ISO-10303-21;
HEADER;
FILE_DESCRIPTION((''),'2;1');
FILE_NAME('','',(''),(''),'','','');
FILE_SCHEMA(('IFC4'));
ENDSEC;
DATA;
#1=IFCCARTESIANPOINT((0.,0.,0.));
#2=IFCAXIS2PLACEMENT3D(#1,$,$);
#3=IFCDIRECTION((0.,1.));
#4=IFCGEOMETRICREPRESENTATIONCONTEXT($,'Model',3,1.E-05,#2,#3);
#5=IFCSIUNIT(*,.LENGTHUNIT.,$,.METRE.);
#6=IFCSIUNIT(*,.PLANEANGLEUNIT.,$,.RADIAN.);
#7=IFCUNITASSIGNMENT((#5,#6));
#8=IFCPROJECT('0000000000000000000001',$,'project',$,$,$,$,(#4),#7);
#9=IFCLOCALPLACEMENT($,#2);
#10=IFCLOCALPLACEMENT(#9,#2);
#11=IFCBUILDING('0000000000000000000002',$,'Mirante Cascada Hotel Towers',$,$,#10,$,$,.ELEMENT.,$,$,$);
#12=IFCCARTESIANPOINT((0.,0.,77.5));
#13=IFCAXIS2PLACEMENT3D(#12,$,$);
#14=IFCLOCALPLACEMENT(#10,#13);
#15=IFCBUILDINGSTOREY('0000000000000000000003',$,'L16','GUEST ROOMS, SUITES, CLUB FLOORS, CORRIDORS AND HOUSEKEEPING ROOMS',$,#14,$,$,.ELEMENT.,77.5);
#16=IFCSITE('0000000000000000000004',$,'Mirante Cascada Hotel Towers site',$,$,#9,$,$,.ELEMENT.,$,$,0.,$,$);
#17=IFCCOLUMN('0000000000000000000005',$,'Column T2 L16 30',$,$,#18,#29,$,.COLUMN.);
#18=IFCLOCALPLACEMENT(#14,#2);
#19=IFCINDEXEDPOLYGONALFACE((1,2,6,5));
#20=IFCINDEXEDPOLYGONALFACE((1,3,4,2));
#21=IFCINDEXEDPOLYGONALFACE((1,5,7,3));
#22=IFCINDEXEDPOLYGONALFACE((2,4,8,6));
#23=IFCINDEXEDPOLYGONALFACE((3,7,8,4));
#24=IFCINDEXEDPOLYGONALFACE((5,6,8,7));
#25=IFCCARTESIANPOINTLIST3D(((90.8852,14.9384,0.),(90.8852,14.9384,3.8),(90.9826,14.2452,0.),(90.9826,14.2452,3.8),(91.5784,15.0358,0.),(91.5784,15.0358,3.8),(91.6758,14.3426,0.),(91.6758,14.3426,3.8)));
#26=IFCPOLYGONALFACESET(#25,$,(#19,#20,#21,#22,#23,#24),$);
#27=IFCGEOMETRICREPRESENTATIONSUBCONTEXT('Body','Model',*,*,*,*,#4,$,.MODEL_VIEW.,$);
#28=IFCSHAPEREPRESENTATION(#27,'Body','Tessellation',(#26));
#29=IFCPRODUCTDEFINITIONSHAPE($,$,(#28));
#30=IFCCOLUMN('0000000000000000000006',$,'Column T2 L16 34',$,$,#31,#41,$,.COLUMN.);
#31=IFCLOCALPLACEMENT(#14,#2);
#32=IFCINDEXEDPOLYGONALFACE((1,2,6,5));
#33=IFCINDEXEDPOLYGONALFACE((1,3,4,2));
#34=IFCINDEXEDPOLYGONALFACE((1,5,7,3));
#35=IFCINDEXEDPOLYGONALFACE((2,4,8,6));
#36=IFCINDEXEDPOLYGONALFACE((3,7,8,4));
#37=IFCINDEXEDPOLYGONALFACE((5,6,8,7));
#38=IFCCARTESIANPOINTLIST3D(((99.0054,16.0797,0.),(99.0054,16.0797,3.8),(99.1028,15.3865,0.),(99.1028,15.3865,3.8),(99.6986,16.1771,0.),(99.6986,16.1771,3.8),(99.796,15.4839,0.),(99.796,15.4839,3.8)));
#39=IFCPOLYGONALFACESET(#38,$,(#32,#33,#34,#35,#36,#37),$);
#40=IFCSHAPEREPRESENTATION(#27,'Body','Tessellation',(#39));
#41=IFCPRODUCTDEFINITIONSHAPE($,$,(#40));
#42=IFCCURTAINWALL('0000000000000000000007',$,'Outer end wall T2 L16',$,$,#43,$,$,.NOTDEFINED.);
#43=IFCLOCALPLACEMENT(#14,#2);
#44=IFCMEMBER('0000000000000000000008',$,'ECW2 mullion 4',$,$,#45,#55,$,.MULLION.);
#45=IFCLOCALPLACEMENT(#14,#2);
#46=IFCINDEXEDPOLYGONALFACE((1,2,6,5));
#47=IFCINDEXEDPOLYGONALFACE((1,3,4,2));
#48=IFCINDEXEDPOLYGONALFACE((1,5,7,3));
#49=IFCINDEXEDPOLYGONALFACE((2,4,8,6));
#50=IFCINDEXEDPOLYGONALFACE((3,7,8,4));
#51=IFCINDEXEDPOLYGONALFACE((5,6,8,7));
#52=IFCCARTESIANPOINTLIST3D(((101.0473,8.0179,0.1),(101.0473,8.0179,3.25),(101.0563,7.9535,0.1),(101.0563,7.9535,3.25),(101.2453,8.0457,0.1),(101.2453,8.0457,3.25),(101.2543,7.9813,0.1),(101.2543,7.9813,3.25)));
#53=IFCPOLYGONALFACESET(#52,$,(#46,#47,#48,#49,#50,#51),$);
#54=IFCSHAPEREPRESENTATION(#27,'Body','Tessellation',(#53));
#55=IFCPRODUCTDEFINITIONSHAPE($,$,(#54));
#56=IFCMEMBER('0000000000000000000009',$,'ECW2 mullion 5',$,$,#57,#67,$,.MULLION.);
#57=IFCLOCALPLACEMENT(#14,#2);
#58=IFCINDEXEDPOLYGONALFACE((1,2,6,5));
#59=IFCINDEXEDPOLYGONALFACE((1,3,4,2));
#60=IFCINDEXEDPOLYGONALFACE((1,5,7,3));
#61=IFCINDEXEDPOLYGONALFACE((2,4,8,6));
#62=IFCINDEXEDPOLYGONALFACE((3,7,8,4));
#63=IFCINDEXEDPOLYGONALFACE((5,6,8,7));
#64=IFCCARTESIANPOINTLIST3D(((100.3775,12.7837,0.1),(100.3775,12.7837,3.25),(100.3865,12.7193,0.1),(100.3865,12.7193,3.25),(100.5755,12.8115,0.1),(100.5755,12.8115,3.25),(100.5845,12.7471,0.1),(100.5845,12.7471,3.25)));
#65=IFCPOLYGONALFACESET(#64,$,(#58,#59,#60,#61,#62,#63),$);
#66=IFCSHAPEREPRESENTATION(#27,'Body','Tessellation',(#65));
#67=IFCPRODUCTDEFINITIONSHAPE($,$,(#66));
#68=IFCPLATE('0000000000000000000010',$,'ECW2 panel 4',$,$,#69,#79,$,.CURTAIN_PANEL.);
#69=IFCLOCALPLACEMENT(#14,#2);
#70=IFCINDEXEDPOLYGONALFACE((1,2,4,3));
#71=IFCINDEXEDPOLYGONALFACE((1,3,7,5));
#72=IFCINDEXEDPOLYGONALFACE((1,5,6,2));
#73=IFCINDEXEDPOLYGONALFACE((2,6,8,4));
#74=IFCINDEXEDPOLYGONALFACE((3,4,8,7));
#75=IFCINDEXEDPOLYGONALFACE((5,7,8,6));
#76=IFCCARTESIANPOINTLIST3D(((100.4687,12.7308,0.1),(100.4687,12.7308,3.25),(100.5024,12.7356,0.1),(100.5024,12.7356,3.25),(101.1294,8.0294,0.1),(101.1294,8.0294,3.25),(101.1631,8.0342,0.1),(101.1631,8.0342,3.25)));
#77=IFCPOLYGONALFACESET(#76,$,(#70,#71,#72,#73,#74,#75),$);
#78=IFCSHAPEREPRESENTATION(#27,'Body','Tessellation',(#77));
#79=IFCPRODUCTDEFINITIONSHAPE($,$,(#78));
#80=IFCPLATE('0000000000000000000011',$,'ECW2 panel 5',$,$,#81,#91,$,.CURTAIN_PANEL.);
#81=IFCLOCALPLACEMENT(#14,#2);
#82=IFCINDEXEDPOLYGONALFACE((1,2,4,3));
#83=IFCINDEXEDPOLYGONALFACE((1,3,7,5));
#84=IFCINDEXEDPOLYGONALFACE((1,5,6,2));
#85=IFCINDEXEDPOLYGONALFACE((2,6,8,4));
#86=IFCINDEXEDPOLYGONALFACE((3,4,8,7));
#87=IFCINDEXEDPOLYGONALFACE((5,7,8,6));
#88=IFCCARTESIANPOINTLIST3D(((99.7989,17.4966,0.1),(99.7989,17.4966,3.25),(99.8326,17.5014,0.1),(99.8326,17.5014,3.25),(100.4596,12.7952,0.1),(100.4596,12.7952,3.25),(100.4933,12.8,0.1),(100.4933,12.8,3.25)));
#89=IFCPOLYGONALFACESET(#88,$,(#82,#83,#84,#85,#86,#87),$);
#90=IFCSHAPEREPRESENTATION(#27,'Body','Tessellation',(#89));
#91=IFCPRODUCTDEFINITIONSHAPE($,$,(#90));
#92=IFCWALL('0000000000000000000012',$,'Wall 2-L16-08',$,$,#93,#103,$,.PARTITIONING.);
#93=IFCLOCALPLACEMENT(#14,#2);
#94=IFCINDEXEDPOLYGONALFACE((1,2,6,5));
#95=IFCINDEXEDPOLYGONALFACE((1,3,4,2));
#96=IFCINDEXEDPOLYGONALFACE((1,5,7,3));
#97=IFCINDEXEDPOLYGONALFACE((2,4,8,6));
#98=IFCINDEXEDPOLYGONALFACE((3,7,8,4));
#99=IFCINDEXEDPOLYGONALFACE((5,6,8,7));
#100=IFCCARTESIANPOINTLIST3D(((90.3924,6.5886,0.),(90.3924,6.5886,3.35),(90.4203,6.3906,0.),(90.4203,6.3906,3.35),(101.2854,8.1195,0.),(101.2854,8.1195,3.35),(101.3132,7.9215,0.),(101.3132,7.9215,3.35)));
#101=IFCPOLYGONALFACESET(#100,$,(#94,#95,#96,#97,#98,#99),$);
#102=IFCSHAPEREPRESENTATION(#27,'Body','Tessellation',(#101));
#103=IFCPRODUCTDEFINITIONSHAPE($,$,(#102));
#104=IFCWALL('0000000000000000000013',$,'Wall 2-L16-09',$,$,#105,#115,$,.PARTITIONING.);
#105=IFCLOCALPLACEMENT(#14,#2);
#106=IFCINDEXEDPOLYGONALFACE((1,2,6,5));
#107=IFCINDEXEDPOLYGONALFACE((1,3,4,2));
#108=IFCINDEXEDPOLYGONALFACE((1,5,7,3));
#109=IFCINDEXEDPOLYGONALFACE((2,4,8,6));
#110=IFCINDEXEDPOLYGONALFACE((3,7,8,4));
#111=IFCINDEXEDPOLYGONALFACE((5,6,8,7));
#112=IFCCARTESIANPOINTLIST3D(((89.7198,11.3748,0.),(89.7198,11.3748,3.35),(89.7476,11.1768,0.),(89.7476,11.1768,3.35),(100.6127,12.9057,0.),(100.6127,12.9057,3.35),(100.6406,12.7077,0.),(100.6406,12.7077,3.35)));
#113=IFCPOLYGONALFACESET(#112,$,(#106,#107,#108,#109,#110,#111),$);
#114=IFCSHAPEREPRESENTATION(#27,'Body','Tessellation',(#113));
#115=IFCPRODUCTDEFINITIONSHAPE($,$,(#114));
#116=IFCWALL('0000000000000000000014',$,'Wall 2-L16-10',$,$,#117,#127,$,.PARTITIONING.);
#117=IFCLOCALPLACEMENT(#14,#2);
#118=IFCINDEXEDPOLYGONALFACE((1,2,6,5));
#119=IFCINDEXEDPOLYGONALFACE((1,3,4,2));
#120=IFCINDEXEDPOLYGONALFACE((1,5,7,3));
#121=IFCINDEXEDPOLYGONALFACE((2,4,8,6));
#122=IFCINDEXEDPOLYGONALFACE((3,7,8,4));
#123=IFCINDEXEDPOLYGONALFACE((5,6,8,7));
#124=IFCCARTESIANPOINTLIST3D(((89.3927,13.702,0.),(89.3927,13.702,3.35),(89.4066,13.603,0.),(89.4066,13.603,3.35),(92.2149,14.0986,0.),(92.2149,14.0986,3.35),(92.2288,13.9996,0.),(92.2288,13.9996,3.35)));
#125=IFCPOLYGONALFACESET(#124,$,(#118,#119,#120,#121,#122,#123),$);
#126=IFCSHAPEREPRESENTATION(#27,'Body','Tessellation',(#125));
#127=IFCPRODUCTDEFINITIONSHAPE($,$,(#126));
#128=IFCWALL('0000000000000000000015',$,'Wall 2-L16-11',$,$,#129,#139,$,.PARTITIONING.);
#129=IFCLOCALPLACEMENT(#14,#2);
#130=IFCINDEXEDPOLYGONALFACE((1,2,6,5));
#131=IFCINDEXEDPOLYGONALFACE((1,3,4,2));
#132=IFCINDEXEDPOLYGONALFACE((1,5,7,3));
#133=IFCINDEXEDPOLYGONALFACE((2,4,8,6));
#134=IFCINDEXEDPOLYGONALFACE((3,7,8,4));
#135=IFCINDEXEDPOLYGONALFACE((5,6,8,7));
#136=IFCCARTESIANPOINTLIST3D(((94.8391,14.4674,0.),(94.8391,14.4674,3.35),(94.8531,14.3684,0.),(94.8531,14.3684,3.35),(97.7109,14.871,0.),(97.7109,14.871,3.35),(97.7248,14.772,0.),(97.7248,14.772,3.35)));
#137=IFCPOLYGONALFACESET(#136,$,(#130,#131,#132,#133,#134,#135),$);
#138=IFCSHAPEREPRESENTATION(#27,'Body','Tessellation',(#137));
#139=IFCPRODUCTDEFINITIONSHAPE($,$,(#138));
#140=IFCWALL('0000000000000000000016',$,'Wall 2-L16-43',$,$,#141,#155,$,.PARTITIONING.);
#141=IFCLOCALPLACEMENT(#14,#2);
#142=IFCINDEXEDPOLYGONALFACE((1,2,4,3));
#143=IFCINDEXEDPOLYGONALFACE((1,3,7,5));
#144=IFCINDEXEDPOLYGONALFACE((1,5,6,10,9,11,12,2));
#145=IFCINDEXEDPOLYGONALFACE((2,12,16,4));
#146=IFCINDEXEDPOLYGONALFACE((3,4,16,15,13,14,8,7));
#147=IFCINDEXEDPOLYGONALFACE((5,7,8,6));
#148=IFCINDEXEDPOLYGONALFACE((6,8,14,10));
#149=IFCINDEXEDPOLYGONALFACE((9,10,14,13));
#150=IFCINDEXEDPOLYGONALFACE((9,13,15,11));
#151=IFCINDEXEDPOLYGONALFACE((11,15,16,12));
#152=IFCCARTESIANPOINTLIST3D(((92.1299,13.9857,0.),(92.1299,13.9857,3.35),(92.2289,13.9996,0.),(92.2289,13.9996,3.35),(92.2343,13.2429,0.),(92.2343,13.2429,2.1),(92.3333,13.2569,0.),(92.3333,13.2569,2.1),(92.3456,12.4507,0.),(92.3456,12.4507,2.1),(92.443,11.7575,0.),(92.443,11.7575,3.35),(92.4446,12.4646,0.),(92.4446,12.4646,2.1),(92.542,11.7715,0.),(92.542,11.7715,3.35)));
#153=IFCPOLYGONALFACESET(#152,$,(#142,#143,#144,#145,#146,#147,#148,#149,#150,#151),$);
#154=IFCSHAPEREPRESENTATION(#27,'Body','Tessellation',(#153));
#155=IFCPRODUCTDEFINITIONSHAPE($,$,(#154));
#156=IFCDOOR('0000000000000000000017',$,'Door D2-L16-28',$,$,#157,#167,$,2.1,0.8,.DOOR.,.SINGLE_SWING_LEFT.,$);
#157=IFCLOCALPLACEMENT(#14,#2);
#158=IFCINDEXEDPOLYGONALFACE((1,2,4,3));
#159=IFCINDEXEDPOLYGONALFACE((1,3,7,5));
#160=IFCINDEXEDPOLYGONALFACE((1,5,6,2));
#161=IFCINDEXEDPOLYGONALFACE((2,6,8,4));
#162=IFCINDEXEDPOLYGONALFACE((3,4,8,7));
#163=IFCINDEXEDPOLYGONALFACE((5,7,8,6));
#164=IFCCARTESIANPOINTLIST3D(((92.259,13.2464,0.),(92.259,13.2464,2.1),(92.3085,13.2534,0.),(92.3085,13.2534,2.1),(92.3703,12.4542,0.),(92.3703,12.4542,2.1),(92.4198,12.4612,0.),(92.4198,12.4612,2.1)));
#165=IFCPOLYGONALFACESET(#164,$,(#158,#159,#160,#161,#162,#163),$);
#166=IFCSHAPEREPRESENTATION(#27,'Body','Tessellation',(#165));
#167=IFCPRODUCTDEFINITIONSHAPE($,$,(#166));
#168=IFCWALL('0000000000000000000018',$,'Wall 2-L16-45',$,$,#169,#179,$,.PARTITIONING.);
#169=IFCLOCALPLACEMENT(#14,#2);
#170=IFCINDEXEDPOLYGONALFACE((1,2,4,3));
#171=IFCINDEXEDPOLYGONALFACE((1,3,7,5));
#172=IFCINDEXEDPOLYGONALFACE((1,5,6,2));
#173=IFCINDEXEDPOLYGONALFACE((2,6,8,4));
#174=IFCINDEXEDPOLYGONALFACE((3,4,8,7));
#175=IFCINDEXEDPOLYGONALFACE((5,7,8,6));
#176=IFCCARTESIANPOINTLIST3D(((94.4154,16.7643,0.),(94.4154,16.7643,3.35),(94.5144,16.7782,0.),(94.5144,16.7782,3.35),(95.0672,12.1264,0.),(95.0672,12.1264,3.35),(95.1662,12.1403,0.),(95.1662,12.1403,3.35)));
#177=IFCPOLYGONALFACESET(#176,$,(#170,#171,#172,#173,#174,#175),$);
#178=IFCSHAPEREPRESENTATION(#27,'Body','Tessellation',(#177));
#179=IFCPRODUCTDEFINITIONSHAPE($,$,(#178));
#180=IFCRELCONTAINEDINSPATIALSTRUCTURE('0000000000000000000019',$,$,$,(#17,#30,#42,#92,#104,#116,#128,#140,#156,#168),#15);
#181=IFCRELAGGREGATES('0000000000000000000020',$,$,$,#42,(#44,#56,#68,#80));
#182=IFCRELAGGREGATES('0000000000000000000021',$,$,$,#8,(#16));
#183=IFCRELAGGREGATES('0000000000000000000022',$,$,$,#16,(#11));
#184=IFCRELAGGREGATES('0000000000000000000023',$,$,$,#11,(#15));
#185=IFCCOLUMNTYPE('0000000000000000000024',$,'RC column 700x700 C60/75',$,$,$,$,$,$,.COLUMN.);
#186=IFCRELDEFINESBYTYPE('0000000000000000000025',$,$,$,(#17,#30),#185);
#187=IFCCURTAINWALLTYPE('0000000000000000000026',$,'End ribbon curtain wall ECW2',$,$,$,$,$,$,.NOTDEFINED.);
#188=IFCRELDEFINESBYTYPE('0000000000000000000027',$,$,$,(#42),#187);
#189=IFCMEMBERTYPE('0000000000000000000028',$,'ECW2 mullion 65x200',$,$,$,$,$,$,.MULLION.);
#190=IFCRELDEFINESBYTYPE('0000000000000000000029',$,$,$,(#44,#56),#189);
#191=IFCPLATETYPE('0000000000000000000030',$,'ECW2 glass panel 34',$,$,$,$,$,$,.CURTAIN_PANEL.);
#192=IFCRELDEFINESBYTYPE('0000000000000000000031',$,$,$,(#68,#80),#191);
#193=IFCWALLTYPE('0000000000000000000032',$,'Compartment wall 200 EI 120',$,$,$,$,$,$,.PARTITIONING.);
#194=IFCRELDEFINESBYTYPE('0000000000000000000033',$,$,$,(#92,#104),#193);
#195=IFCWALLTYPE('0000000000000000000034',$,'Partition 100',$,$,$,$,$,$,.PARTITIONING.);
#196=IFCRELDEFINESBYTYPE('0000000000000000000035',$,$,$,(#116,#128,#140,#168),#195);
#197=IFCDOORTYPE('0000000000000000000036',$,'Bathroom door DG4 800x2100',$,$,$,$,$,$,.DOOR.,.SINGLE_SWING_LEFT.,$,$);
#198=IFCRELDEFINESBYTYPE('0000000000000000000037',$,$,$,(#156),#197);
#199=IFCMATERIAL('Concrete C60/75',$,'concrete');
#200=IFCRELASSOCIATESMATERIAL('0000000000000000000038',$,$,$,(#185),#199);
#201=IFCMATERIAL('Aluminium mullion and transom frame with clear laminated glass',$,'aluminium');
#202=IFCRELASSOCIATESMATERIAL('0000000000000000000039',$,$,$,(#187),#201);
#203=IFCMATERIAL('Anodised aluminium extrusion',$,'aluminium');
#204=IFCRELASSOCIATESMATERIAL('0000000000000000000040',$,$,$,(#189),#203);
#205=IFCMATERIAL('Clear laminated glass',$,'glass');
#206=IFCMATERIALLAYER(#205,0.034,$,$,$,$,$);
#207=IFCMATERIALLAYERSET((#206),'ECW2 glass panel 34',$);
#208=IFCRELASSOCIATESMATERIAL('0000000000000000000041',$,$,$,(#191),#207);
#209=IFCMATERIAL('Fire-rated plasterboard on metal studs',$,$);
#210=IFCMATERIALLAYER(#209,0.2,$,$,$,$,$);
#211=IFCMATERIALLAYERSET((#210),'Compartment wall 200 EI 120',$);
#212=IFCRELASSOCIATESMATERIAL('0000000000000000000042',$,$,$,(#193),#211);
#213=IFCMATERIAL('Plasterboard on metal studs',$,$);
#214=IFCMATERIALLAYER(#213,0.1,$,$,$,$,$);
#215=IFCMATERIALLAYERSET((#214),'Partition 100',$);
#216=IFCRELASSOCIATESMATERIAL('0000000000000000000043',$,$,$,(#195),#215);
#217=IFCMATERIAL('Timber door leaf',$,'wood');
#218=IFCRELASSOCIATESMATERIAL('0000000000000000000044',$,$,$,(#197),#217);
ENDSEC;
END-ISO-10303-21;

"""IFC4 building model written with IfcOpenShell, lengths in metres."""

from ifc_helpers import new_model, si_unit, direction, frame, frame_2d, origin, origin_2d, place, context, subcontext, project, spatial, rectangle, extrude, material, layer, layer_set, material_profile, profile_set, type_object, element, fill, aggregate, save


model = new_model("IFC4")

# Units and contexts
model_context = context("Model", 3, precision=1e-05, world=origin(), true_north=direction((0.0, 1.0)))
body_context = subcontext(model_context, "Body", "Model", "MODEL_VIEW")
ifc_project = project(units=[si_unit("LENGTHUNIT", "METRE"), si_unit("PLANEANGLEUNIT", "RADIAN")], contexts=[model_context])

# Site, building, storey
site_placement = place(None, origin())
site = spatial("IfcSite", under=ifc_project, at=site_placement, Name="Mirante Cascada Hotel Towers site", CompositionType="ELEMENT", RefElevation=0.0)
building_placement = place(site_placement, origin())
building = spatial("IfcBuilding", under=site, at=building_placement, Name="Mirante Cascada Hotel Towers", CompositionType="ELEMENT")
storey_placement = place(building_placement, frame((0.0, 0.0, 77.5)))
storey = spatial("IfcBuildingStorey", under=building, at=storey_placement, Name="L16", Description="GUEST ROOMS, SUITES, CLUB FLOORS, CORRIDORS AND HOUSEKEEPING ROOMS", CompositionType="ELEMENT", Elevation=77.5)

# Columns
ifc_material_1 = material(Name="Concrete C60/75", Category="concrete")
ifc_material_profile_1 = material_profile(ifc_material_1, rectangle(XDim=0.7, YDim=0.7, at=origin_2d()), Name="RC column 700x700 C60/75")
ifc_profile_set_1 = profile_set([ifc_material_profile_1], Name="Concrete C60/75")
column_type = type_object("IfcColumnType", Name="RC column 700x700 C60/75", PredefinedType="COLUMN", material=ifc_profile_set_1)
for number, where, z_axis, x_axis, name in (
    (1, (91.2805, 14.6405, 0.0), (0.0, 0.0, 1.0), (0.990268, 0.139173, 0.0), "Column T2 L16 30"),
    (2, (99.4007, 15.7818, 0.0), (0.0, 0.0, 1.0), (0.990268, 0.139173, 0.0), "Column T2 L16 34"),
):
    element("IfcColumn", number, at=place(storey_placement, frame(where, z_axis=z_axis, x_axis=x_axis)), inside=storey, type_object=column_type, Name=name, PredefinedType="COLUMN", context=body_context, shape_type="SweptSolid", body=[
        extrude(rectangle(XDim=0.7, YDim=0.7, at=origin_2d()), origin(), (0.0, 0.0, 1.0), 3.8),
    ])

# Curtain wall, members, plates
ifc_material_2 = material(Name="Aluminium mullion and transom frame with clear laminated glass", Category="aluminium")
curtain_wall_type = type_object("IfcCurtainWallType", Name="End ribbon curtain wall ECW2", PredefinedType="NOTDEFINED", material=ifc_material_2)
curtain_wall_placement = place(storey_placement, origin())
curtain_wall = element("IfcCurtainWall", 3, at=curtain_wall_placement, inside=storey, type_object=curtain_wall_type, Name="Outer end wall T2 L16", PredefinedType="NOTDEFINED")
ifc_material_3 = material(Name="Anodised aluminium extrusion", Category="aluminium")
ifc_material_profile_2 = material_profile(ifc_material_3, rectangle(XDim=0.2, YDim=0.065, at=origin_2d()), Name="ECW2 MULLION 65x200")
ifc_profile_set_2 = profile_set([ifc_material_profile_2], Name="Anodised aluminium extrusion")
member_type = type_object("IfcMemberType", Name="ECW2 mullion 65x200", PredefinedType="MULLION", material=ifc_profile_set_2)
member_1_placement = place(storey_placement, frame((101.1508, 7.9996, 0.1), z_axis=(0.0, 0.0, 1.0), x_axis=(-0.990268, -0.139173, 0.0)))
member_1 = element("IfcMember", 4, at=member_1_placement, type_object=member_type, Name="ECW2 mullion 4", PredefinedType="MULLION", context=body_context, shape_type="SweptSolid", body=[
    extrude(rectangle(XDim=0.2, YDim=0.065, at=origin_2d()), origin(), (0.0, 0.0, 1.0), 3.15),
])
member_2_placement = place(storey_placement, frame((100.481, 12.7654, 0.1), z_axis=(0.0, 0.0, 1.0), x_axis=(-0.990268, -0.139173, 0.0)))
member_2 = element("IfcMember", 5, at=member_2_placement, type_object=member_type, Name="ECW2 mullion 5", PredefinedType="MULLION", context=body_context, shape_type="SweptSolid", body=[
    extrude(rectangle(XDim=0.2, YDim=0.065, at=origin_2d()), origin(), (0.0, 0.0, 1.0), 3.15),
])
ifc_material_4 = material(Name="Clear laminated glass", Category="glass")
ifc_layer_1 = layer(ifc_material_4, 0.034)
ifc_layer_set_1 = layer_set([ifc_layer_1], Name="ECW2 glass panel 34")
plate_type = type_object("IfcPlateType", Name="ECW2 glass panel 34", PredefinedType="CURTAIN_PANEL", material=ifc_layer_set_1)
plate_1_placement = place(storey_placement, frame((100.8159, 10.3825, 0.1), z_axis=(0.0, 0.0, 1.0), x_axis=(-0.139173, 0.990268, 0.0)))
plate_1 = element("IfcPlate", 6, at=plate_1_placement, type_object=plate_type, Name="ECW2 panel 4", PredefinedType="CURTAIN_PANEL", context=body_context, shape_type="SweptSolid", body=[
    extrude(rectangle(XDim=4.7476, YDim=0.034, at=origin_2d()), origin(), (0.0, 0.0, 1.0), 3.15),
])
plate_2_placement = place(storey_placement, frame((100.1461, 15.1483, 0.1), z_axis=(0.0, 0.0, 1.0), x_axis=(-0.139173, 0.990268, 0.0)))
plate_2 = element("IfcPlate", 7, at=plate_2_placement, type_object=plate_type, Name="ECW2 panel 5", PredefinedType="CURTAIN_PANEL", context=body_context, shape_type="SweptSolid", body=[
    extrude(rectangle(XDim=4.7476, YDim=0.034, at=origin_2d()), origin(), (0.0, 0.0, 1.0), 3.15),
])
aggregate(curtain_wall, [member_1, member_2, plate_1, plate_2])

# Walls
ifc_material_5 = material(Name="Fire-rated plasterboard on metal studs")
ifc_layer_2 = layer(ifc_material_5, 0.2)
ifc_layer_set_2 = layer_set([ifc_layer_2], Name="Compartment wall 200 EI 120")
wall_type_1 = type_object("IfcWallType", Name="Compartment wall 200 EI 120", PredefinedType="PARTITIONING", material=ifc_layer_set_2)
for number, where, z_axis, x_axis, name in (
    (8, (101.2993, 8.0205, 0.0), (0.0, 0.0, 1.0), (-0.990268, -0.139173, 0.0), "Wall 2-L16-08"),
    (9, (89.7337, 11.2758, 0.0), (0.0, 0.0, 1.0), (0.990268, 0.139173, 0.0), "Wall 2-L16-09"),
):
    element("IfcWall", number, at=place(storey_placement, frame(where, z_axis=z_axis, x_axis=x_axis)), inside=storey, type_object=wall_type_1, Name=name, PredefinedType="PARTITIONING", context=body_context, shape_type="SweptSolid", body=[
        extrude(rectangle(XDim=11.0, YDim=0.2, at=frame_2d((5.5, 0.0))), origin(), (0.0, 0.0, 1.0), 3.35),
    ])
ifc_material_6 = material(Name="Plasterboard on metal studs")
ifc_layer_3 = layer(ifc_material_6, 0.1)
ifc_layer_set_3 = layer_set([ifc_layer_3], Name="Partition 100")
wall_type_2 = type_object("IfcWallType", Name="Partition 100", PredefinedType="PARTITIONING", material=ifc_layer_set_3)
wall_1_placement = place(storey_placement, frame((92.2219, 14.0491, 0.0), z_axis=(0.0, 0.0, 1.0), x_axis=(-0.99027, -0.139161, 0.0)))
element("IfcWall", 10, at=wall_1_placement, inside=storey, type_object=wall_type_2, Name="Wall 2-L16-10", PredefinedType="PARTITIONING", context=body_context, shape_type="SweptSolid", body=[
    extrude(rectangle(XDim=2.8499, YDim=0.1, at=frame_2d((1.425, 0.0))), origin(), (0.0, 0.0, 1.0), 3.35),
])
wall_2_placement = place(storey_placement, frame((94.8461, 14.4179, 0.0), z_axis=(0.0, 0.0, 1.0), x_axis=(0.990268, 0.139171, 0.0)))
element("IfcWall", 11, at=wall_2_placement, inside=storey, type_object=wall_type_2, Name="Wall 2-L16-11", PredefinedType="PARTITIONING", context=body_context, shape_type="SweptSolid", body=[
    extrude(rectangle(XDim=2.9, YDim=0.1, at=frame_2d((1.45, 0.0))), origin(), (0.0, 0.0, 1.0), 3.35),
])

# Wall, opening, door
wall_3_placement = place(storey_placement, frame((92.4925, 11.7645, 0.0), z_axis=(0.0, 0.0, 1.0), x_axis=(-0.139156, 0.990271, 0.0)))
wall_3 = element("IfcWall", 12, at=wall_3_placement, inside=storey, type_object=wall_type_2, Name="Wall 2-L16-43", PredefinedType="PARTITIONING", context=body_context, shape_type="SweptSolid", body=[
    extrude(rectangle(XDim=2.25, YDim=0.1, at=frame_2d((1.125, 0.0))), origin(), (0.0, 0.0, 1.0), 3.35),
])
opening_1_placement = place(wall_3_placement, frame((0.7, 0.0, 0.0)))
opening_1 = element("IfcOpeningElement", 13, at=opening_1_placement, cuts=wall_3, PredefinedType="OPENING", context=body_context, shape_type="SweptSolid", body=[
    extrude(rectangle(XDim=0.8, YDim=2.1, at=frame_2d((0.4, 1.05))), frame((0.0, 0.05, 0.0), z_axis=(0.0, -1.0, 0.0), x_axis=(1.0, 0.0, 0.0)), (0.0, 0.0, 1.0), 0.1),
])
ifc_material_7 = material(Name="Timber door leaf", Category="wood")
door_type = type_object("IfcDoorType", Name="Bathroom door DG4 800x2100", OperationType="SINGLE_SWING_LEFT", PredefinedType="DOOR", material=ifc_material_7)
door_1_placement = place(opening_1_placement, origin())
door_1 = element("IfcDoor", 14, at=door_1_placement, inside=storey, type_object=door_type, Name="Door D2-L16-28", OperationType="SINGLE_SWING_LEFT", OverallHeight=2.1, OverallWidth=0.8, PredefinedType="DOOR", context=body_context, shape_type="SweptSolid", body=[
    extrude(rectangle(XDim=0.8, YDim=2.1, at=frame_2d((0.4, 1.05))), frame((0.0, 0.025, 0.0), z_axis=(0.0, -1.0, 0.0), x_axis=(1.0, 0.0, 0.0)), (0.0, 0.0, 1.0), 0.05),
])
fill(opening_1, door_1)

# Wall
wall_4_placement = place(storey_placement, frame((95.1167, 12.1333, 0.0), z_axis=(0.0, 0.0, 1.0), x_axis=(-0.13917, 0.990268, 0.0)))
element("IfcWall", 15, at=wall_4_placement, inside=storey, type_object=wall_type_2, Name="Wall 2-L16-45", PredefinedType="PARTITIONING", context=body_context, shape_type="SweptSolid", body=[
    extrude(rectangle(XDim=4.6835, YDim=0.1, at=frame_2d((2.3418, 0.0))), origin(), (0.0, 0.0, 1.0), 3.35),
])

save(model, "model.ifc")
